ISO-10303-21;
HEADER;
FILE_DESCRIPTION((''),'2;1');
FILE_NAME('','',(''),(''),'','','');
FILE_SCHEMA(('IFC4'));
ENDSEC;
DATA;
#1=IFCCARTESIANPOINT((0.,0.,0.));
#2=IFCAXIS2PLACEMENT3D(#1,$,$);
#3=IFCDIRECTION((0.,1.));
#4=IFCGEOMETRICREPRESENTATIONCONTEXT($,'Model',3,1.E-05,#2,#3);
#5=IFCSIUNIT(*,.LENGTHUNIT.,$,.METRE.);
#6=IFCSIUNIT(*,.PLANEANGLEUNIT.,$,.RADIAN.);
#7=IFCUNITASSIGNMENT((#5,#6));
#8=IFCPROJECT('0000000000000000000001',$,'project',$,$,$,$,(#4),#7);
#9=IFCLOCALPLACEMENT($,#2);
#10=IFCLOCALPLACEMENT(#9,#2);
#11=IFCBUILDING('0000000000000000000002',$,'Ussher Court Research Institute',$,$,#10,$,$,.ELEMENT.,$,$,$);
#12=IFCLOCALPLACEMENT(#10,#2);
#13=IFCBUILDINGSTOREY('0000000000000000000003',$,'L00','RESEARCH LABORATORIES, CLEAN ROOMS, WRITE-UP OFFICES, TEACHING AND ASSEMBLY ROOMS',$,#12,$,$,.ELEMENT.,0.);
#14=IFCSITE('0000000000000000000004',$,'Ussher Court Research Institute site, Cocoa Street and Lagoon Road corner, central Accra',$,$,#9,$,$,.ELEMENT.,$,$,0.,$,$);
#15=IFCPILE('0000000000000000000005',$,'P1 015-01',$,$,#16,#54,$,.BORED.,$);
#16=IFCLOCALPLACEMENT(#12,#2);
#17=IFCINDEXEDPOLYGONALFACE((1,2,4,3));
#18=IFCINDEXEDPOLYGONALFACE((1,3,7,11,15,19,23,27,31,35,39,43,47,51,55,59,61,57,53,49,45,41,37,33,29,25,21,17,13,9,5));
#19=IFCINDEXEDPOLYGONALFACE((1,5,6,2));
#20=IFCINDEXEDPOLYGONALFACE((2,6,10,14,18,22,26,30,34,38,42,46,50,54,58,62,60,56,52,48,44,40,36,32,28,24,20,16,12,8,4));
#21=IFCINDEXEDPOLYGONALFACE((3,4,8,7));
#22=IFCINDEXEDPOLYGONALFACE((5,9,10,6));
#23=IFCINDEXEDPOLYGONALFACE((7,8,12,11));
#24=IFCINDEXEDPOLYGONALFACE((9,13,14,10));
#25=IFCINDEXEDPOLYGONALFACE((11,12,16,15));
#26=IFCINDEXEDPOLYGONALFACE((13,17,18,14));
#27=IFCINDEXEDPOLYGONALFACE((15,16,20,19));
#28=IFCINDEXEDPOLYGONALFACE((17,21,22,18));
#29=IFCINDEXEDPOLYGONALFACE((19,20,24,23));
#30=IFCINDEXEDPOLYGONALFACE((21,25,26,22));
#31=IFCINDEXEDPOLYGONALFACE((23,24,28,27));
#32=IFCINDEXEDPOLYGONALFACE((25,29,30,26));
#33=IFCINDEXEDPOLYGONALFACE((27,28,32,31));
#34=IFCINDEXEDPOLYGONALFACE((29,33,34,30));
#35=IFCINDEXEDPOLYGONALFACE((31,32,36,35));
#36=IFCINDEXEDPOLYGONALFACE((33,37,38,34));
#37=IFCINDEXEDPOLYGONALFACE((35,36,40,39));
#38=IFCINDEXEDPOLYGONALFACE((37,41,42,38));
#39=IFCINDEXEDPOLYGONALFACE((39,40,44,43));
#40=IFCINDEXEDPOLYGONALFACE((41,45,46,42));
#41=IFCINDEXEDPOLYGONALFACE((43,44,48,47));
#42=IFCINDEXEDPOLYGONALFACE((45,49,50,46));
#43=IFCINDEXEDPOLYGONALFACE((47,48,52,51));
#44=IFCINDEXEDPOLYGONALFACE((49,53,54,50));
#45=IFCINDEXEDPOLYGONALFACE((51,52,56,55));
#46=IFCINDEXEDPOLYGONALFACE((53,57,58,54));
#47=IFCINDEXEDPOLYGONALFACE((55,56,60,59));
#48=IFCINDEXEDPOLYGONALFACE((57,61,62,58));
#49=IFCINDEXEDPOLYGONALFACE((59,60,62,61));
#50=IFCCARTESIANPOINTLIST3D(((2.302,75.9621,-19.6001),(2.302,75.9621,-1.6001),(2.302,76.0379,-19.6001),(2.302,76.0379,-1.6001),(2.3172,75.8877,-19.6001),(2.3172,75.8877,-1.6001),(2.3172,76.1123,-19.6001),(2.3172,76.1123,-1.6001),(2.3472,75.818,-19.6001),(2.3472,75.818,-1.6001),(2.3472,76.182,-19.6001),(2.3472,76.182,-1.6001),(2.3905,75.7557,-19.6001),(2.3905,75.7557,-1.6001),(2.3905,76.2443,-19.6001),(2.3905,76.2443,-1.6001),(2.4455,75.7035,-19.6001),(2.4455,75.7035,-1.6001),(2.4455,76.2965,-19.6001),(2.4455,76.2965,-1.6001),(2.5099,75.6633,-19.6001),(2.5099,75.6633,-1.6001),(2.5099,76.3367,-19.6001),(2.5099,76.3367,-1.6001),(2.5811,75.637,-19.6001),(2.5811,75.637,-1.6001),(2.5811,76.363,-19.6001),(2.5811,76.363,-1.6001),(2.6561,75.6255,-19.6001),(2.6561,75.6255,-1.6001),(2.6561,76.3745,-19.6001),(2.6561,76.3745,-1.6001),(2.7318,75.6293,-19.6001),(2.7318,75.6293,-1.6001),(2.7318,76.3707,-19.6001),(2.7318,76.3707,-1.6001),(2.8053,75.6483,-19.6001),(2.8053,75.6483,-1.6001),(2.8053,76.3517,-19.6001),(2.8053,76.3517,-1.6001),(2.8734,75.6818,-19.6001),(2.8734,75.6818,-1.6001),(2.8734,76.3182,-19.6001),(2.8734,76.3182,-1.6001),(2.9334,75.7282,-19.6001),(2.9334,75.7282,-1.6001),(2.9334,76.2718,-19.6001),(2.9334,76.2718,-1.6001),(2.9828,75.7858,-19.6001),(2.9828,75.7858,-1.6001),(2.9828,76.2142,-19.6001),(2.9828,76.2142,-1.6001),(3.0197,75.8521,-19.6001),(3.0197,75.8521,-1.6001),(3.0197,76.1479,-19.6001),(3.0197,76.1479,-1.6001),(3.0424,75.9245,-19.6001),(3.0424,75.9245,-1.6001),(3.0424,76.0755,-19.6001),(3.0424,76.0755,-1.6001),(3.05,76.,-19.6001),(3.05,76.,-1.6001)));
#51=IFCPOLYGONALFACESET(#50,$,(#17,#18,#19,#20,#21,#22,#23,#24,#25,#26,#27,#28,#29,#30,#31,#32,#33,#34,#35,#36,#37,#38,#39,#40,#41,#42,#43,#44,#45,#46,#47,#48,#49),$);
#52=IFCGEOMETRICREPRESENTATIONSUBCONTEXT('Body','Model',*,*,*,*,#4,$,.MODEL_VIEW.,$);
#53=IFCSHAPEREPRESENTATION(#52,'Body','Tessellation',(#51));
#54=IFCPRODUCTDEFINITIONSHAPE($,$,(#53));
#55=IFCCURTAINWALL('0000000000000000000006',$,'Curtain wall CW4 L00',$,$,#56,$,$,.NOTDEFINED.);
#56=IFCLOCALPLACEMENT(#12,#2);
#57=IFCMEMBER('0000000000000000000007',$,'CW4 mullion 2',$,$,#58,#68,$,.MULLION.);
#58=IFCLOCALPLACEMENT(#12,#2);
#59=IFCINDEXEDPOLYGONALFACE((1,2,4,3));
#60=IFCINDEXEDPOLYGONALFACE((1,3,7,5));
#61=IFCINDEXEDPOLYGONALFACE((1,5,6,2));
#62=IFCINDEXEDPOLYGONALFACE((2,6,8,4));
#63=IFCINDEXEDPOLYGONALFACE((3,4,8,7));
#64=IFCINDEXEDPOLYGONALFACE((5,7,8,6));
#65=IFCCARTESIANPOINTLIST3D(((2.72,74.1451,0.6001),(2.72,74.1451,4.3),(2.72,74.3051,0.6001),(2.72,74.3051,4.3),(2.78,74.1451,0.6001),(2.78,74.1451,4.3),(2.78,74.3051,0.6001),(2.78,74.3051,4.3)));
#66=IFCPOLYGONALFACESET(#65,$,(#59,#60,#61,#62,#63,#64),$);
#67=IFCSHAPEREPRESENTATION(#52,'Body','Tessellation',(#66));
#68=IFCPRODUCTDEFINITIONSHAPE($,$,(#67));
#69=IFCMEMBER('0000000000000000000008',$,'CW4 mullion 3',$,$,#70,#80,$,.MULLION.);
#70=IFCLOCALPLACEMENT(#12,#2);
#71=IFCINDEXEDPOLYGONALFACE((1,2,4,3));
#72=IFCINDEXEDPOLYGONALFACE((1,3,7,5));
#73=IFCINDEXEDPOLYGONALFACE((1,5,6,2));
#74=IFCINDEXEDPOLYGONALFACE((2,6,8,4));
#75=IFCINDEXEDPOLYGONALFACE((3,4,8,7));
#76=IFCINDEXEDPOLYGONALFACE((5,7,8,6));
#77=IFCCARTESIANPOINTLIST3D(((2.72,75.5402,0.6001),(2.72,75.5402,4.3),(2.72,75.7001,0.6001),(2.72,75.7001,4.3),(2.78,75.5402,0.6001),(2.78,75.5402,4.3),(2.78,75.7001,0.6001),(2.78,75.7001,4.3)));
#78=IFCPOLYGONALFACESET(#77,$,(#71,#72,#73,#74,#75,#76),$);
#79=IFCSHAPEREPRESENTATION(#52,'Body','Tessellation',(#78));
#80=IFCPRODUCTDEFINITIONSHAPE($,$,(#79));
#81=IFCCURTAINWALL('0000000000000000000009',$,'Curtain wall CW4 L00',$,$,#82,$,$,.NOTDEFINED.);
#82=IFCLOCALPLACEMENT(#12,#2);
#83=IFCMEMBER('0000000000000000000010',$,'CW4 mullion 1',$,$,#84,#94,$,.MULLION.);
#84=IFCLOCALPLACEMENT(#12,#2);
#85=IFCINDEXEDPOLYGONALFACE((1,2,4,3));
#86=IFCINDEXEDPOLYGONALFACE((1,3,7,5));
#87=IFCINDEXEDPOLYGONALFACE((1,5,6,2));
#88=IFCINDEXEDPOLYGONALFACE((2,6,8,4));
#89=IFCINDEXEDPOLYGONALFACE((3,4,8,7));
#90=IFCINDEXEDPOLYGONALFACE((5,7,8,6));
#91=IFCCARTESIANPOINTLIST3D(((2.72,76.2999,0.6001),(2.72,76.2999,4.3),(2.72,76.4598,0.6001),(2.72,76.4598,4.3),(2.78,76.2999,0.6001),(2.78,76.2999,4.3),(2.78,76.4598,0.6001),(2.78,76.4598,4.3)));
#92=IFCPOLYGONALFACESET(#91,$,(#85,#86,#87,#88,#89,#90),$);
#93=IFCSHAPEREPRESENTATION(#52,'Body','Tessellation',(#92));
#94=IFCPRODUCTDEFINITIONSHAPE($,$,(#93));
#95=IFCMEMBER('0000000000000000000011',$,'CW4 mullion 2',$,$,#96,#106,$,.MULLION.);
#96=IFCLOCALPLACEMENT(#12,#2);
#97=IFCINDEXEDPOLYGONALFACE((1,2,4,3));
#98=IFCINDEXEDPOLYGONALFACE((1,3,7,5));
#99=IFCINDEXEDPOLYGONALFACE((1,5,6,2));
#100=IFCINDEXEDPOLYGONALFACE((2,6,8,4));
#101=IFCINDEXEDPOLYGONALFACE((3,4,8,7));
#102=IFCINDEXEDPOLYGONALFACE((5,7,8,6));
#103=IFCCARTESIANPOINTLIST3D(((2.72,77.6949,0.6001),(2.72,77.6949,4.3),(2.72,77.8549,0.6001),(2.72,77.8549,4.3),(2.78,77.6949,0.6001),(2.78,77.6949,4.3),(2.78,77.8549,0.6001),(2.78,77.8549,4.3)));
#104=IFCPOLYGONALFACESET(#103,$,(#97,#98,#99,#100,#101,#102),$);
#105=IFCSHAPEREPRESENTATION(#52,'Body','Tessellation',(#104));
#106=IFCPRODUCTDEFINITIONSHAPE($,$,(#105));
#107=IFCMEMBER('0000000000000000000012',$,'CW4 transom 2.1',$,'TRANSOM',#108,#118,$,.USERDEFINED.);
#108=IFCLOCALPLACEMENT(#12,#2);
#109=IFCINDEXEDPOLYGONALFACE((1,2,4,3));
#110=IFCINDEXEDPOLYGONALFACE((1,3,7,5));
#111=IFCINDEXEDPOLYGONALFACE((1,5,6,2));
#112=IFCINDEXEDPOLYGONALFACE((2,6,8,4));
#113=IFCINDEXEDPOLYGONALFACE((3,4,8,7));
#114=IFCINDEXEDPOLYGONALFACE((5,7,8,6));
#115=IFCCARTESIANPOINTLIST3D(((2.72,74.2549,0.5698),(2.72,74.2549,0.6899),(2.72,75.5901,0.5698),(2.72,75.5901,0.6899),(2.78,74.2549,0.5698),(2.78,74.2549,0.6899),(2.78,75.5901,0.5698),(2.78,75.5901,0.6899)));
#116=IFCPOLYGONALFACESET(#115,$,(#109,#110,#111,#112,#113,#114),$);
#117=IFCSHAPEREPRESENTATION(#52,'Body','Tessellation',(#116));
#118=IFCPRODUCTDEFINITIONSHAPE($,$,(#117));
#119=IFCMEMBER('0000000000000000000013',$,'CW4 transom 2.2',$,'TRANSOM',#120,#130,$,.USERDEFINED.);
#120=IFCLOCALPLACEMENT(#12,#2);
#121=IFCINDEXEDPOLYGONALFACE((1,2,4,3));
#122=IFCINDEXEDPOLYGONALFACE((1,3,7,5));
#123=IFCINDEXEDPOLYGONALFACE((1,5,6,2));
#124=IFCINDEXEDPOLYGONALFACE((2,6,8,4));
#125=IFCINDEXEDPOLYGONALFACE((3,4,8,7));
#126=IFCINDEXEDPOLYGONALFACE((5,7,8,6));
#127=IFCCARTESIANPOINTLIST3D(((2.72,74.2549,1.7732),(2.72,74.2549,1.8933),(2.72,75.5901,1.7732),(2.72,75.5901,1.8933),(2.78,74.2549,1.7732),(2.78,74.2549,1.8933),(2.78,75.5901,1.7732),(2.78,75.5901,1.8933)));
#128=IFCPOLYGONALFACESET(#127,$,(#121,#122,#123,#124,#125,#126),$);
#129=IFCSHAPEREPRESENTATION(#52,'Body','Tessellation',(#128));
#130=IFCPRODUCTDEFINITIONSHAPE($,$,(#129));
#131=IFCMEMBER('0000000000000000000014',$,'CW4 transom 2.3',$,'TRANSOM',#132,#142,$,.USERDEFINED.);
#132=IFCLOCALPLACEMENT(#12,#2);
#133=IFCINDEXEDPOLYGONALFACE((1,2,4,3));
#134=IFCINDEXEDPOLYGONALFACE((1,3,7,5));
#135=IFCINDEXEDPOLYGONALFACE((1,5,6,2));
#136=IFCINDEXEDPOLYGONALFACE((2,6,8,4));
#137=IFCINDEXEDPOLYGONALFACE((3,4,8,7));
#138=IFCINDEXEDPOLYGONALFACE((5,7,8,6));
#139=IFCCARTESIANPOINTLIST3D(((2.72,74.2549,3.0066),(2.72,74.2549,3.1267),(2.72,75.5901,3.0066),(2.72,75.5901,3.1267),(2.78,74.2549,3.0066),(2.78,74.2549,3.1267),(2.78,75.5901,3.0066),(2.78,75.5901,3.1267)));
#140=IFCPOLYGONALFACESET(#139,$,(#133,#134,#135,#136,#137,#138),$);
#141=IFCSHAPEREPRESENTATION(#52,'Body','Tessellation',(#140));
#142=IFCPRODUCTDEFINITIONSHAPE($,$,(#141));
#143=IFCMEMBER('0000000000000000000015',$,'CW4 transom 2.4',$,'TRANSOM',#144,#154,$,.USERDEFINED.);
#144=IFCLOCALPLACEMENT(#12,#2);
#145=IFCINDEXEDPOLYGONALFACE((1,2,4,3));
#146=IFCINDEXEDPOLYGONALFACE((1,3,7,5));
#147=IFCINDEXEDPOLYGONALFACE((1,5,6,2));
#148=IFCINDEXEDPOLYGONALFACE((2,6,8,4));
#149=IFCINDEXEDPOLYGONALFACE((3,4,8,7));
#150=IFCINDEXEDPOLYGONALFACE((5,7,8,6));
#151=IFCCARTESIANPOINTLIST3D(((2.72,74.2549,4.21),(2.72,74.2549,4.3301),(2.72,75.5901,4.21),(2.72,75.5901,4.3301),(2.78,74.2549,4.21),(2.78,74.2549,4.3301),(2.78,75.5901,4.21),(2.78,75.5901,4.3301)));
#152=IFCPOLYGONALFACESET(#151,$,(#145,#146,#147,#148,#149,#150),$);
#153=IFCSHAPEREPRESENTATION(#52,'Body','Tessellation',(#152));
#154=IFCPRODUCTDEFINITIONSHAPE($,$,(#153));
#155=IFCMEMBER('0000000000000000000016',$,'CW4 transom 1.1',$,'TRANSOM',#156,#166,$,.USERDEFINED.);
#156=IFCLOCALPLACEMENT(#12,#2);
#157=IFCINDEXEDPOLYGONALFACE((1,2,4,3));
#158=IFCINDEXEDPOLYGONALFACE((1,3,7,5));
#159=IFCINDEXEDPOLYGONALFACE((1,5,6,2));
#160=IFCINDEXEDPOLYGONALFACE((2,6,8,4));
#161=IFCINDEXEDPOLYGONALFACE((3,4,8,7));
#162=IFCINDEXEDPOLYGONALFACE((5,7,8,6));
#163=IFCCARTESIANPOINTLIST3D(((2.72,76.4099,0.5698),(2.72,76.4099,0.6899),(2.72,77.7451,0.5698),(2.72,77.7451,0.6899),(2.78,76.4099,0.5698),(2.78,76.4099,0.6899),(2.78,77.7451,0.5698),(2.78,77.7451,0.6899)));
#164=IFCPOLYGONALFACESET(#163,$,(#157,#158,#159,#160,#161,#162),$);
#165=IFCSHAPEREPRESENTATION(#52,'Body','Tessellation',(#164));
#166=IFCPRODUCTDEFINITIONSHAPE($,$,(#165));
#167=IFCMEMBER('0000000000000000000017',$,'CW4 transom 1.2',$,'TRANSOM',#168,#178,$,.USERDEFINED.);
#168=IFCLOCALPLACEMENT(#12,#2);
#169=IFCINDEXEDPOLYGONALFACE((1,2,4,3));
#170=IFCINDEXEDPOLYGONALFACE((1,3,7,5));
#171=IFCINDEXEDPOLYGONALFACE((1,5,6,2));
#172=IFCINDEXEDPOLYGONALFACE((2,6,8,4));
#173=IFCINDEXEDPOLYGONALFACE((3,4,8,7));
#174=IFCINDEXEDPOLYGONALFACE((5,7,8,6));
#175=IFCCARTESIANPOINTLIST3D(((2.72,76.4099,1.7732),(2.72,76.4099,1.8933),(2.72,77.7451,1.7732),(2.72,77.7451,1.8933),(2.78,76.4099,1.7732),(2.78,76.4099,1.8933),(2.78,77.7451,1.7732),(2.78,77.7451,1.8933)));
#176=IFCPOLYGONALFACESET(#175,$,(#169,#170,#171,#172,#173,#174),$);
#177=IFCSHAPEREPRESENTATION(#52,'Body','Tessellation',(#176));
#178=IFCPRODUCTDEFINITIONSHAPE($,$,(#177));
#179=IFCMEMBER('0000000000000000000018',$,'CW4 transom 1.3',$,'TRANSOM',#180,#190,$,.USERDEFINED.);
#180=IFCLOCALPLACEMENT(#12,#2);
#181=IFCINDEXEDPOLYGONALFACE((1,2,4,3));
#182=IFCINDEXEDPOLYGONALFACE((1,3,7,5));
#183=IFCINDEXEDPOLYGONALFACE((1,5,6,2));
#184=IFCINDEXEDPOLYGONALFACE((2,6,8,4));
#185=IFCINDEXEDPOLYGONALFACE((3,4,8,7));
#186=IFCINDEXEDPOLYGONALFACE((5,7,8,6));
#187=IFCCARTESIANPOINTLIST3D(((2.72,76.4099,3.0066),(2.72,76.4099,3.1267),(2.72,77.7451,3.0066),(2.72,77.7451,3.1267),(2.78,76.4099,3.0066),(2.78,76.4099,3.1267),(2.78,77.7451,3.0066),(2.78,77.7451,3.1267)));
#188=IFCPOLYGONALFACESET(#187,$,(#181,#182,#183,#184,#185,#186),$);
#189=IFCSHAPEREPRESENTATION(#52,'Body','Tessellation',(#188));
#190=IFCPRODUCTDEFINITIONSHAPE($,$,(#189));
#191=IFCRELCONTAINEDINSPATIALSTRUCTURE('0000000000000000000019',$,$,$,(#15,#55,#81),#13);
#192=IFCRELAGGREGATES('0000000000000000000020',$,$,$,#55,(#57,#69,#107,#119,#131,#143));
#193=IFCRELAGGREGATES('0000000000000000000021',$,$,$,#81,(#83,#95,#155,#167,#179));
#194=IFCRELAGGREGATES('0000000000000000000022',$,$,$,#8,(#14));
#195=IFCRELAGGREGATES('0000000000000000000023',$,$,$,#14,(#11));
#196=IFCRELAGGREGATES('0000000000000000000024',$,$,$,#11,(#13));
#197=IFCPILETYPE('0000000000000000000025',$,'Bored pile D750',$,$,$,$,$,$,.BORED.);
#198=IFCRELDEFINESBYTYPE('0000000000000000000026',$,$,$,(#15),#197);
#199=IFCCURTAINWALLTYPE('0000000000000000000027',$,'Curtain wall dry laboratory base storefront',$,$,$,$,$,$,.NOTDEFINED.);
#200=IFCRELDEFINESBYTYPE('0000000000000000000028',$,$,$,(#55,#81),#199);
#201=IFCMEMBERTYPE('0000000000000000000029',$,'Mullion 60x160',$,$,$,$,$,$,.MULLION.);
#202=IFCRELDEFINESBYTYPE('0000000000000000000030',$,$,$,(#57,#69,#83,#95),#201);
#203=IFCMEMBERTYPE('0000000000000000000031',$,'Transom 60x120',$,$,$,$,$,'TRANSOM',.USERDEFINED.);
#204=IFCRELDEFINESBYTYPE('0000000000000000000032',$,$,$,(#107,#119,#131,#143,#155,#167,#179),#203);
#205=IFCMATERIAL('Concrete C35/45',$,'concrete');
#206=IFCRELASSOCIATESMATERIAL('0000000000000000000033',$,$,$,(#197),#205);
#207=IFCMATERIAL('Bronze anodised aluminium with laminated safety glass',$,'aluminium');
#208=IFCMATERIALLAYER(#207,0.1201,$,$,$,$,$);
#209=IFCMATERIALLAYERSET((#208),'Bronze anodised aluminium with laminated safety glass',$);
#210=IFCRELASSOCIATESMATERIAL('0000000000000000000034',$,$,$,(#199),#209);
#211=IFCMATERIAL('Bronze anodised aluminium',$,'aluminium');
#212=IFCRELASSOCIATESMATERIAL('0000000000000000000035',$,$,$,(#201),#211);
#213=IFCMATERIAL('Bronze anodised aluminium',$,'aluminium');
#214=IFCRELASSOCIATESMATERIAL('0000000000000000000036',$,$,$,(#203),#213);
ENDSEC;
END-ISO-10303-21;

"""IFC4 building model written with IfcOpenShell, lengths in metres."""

from ifc_helpers import new_model, si_unit, direction, frame, origin, origin_2d, place, context, subcontext, project, spatial, rectangle, circle, extrude, material, layer, layer_set, material_profile, profile_set, type_object, element, aggregate, save


model = new_model("IFC4")

# Units and contexts
model_context = context("Model", 3, precision=1e-05, world=origin(), true_north=direction((0.0, 1.0)))
body_context = subcontext(model_context, "Body", "Model", "MODEL_VIEW")
ifc_project = project(units=[si_unit("LENGTHUNIT", "METRE"), si_unit("PLANEANGLEUNIT", "RADIAN")], contexts=[model_context])

# Site, building, storey
site_placement = place(None, origin())
site = spatial("IfcSite", under=ifc_project, at=site_placement, Name="Ussher Court Research Institute site, Cocoa Street and Lagoon Road corner, central Accra", CompositionType="ELEMENT", RefElevation=0.0)
building_placement = place(site_placement, origin())
building = spatial("IfcBuilding", under=site, at=building_placement, Name="Ussher Court Research Institute", CompositionType="ELEMENT")
storey_placement = place(building_placement, origin())
storey = spatial("IfcBuildingStorey", under=building, at=storey_placement, Name="L00", Description="RESEARCH LABORATORIES, CLEAN ROOMS, WRITE-UP OFFICES, TEACHING AND ASSEMBLY ROOMS", CompositionType="ELEMENT", Elevation=0.0)

# Pile
ifc_material_1 = material(Name="Concrete C35/45", Category="concrete")
ifc_material_profile_1 = material_profile(ifc_material_1, circle(Radius=0.375, at=origin_2d()), Name="RC D750")
ifc_profile_set_1 = profile_set([ifc_material_profile_1], Name="Concrete C35/45")
pile_type = type_object("IfcPileType", Name="Bored pile D750", PredefinedType="BORED", material=ifc_profile_set_1)
pile_placement = place(storey_placement, frame((2.675, 76.0, -1.6001), z_axis=(0.0, 0.0, -1.0), x_axis=(1.0, 0.0, 0.0)))
element("IfcPile", 1, at=pile_placement, inside=storey, type_object=pile_type, Name="P1 015-01", PredefinedType="BORED", context=body_context, shape_type="SweptSolid", body=[
    extrude(circle(Radius=0.375, at=origin_2d()), origin(), (0.0, 0.0, 1.0), 18.0),
])

# Curtain walls, members
ifc_material_2 = material(Name="Bronze anodised aluminium with laminated safety glass", Category="aluminium")
ifc_layer_1 = layer(ifc_material_2, 0.1201)
ifc_layer_set_1 = layer_set([ifc_layer_1], Name="Bronze anodised aluminium with laminated safety glass")
curtain_wall_type = type_object("IfcCurtainWallType", Name="Curtain wall dry laboratory base storefront", PredefinedType="NOTDEFINED", material=ifc_layer_set_1)
curtain_wall_1_placement = place(storey_placement, origin())
curtain_wall_1 = element("IfcCurtainWall", 2, at=curtain_wall_1_placement, inside=storey, type_object=curtain_wall_type, Name="Curtain wall CW4 L00", PredefinedType="NOTDEFINED")
ifc_material_3 = material(Name="Bronze anodised aluminium", Category="aluminium")
ifc_material_profile_2 = material_profile(ifc_material_3, rectangle(XDim=0.0601, YDim=0.1599, at=origin_2d()), Name="Mullion 60x160")
ifc_profile_set_2 = profile_set([ifc_material_profile_2], Name="Bronze anodised aluminium")
member_type_1 = type_object("IfcMemberType", Name="Mullion 60x160", PredefinedType="MULLION", material=ifc_profile_set_2)
member_1_placement = place(storey_placement, frame((2.75, 74.2251, 0.6001), z_axis=(0.0, 0.0, 1.0), x_axis=(-1.0, 0.0, 0.0)))
member_1 = element("IfcMember", 3, at=member_1_placement, type_object=member_type_1, Name="CW4 mullion 2", PredefinedType="MULLION", context=body_context, shape_type="SweptSolid", body=[
    extrude(rectangle(XDim=0.0601, YDim=0.1599, at=origin_2d()), origin(), (0.0, 0.0, 1.0), 3.7),
])
member_2_placement = place(storey_placement, frame((2.75, 75.6201, 0.6001), z_axis=(0.0, 0.0, 1.0), x_axis=(-1.0, 0.0, 0.0)))
member_2 = element("IfcMember", 4, at=member_2_placement, type_object=member_type_1, Name="CW4 mullion 3", PredefinedType="MULLION", context=body_context, shape_type="SweptSolid", body=[
    extrude(rectangle(XDim=0.0601, YDim=0.1599, at=origin_2d()), origin(), (0.0, 0.0, 1.0), 3.7),
])
curtain_wall_2_placement = place(storey_placement, origin())
curtain_wall_2 = element("IfcCurtainWall", 5, at=curtain_wall_2_placement, inside=storey, type_object=curtain_wall_type, Name="Curtain wall CW4 L00", PredefinedType="NOTDEFINED")
member_3_placement = place(storey_placement, frame((2.75, 76.3799, 0.6001), z_axis=(0.0, 0.0, 1.0), x_axis=(-1.0, 0.0, 0.0)))
member_3 = element("IfcMember", 6, at=member_3_placement, type_object=member_type_1, Name="CW4 mullion 1", PredefinedType="MULLION", context=body_context, shape_type="SweptSolid", body=[
    extrude(rectangle(XDim=0.0601, YDim=0.1599, at=origin_2d()), origin(), (0.0, 0.0, 1.0), 3.7),
])
member_4_placement = place(storey_placement, frame((2.75, 77.7749, 0.6001), z_axis=(0.0, 0.0, 1.0), x_axis=(-1.0, 0.0, 0.0)))
member_4 = element("IfcMember", 7, at=member_4_placement, type_object=member_type_1, Name="CW4 mullion 2", PredefinedType="MULLION", context=body_context, shape_type="SweptSolid", body=[
    extrude(rectangle(XDim=0.0601, YDim=0.1599, at=origin_2d()), origin(), (0.0, 0.0, 1.0), 3.7),
])

# Members
ifc_material_4 = material(Name="Bronze anodised aluminium", Category="aluminium")
ifc_material_profile_3 = material_profile(ifc_material_4, rectangle(XDim=0.0601, YDim=0.1201, at=origin_2d()), Name="Transom 60x120")
ifc_profile_set_3 = profile_set([ifc_material_profile_3], Name="Bronze anodised aluminium")
member_type_2 = type_object("IfcMemberType", Name="Transom 60x120", ElementType="TRANSOM", PredefinedType="USERDEFINED", material=ifc_profile_set_3)
member_5_placement = place(storey_placement, frame((2.75, 74.2549, 0.6299), z_axis=(0.0, 1.0, 0.0), x_axis=(-1.0, 0.0, 0.0)))
member_5 = element("IfcMember", 8, at=member_5_placement, type_object=member_type_2, Name="CW4 transom 2.1", ObjectType="TRANSOM", PredefinedType="USERDEFINED", context=body_context, shape_type="SweptSolid", body=[
    extrude(rectangle(XDim=0.0601, YDim=0.1201, at=origin_2d()), origin(), (0.0, 0.0, 1.0), 1.3352),
])
member_6_placement = place(storey_placement, frame((2.75, 74.2549, 1.8333), z_axis=(0.0, 1.0, 0.0), x_axis=(-1.0, 0.0, 0.0)))
member_6 = element("IfcMember", 9, at=member_6_placement, type_object=member_type_2, Name="CW4 transom 2.2", ObjectType="TRANSOM", PredefinedType="USERDEFINED", context=body_context, shape_type="SweptSolid", body=[
    extrude(rectangle(XDim=0.0601, YDim=0.1201, at=origin_2d()), origin(), (0.0, 0.0, 1.0), 1.3352),
])
member_7_placement = place(storey_placement, frame((2.75, 74.2549, 3.0667), z_axis=(0.0, 1.0, 0.0), x_axis=(-1.0, 0.0, 0.0)))
member_7 = element("IfcMember", 10, at=member_7_placement, type_object=member_type_2, Name="CW4 transom 2.3", ObjectType="TRANSOM", PredefinedType="USERDEFINED", context=body_context, shape_type="SweptSolid", body=[
    extrude(rectangle(XDim=0.0601, YDim=0.1201, at=origin_2d()), origin(), (0.0, 0.0, 1.0), 1.3352),
])
member_8_placement = place(storey_placement, frame((2.75, 74.2549, 4.27), z_axis=(0.0, 1.0, 0.0), x_axis=(-1.0, 0.0, 0.0)))
member_8 = element("IfcMember", 11, at=member_8_placement, type_object=member_type_2, Name="CW4 transom 2.4", ObjectType="TRANSOM", PredefinedType="USERDEFINED", context=body_context, shape_type="SweptSolid", body=[
    extrude(rectangle(XDim=0.0601, YDim=0.1201, at=origin_2d()), origin(), (0.0, 0.0, 1.0), 1.3352),
])
member_9_placement = place(storey_placement, frame((2.75, 76.4099, 0.6299), z_axis=(0.0, 1.0, 0.0), x_axis=(-1.0, 0.0, 0.0)))
member_9 = element("IfcMember", 12, at=member_9_placement, type_object=member_type_2, Name="CW4 transom 1.1", ObjectType="TRANSOM", PredefinedType="USERDEFINED", context=body_context, shape_type="SweptSolid", body=[
    extrude(rectangle(XDim=0.0601, YDim=0.1201, at=origin_2d()), origin(), (0.0, 0.0, 1.0), 1.3352),
])
member_10_placement = place(storey_placement, frame((2.75, 76.4099, 1.8333), z_axis=(0.0, 1.0, 0.0), x_axis=(-1.0, 0.0, 0.0)))
member_10 = element("IfcMember", 13, at=member_10_placement, type_object=member_type_2, Name="CW4 transom 1.2", ObjectType="TRANSOM", PredefinedType="USERDEFINED", context=body_context, shape_type="SweptSolid", body=[
    extrude(rectangle(XDim=0.0601, YDim=0.1201, at=origin_2d()), origin(), (0.0, 0.0, 1.0), 1.3352),
])
member_11_placement = place(storey_placement, frame((2.75, 76.4099, 3.0667), z_axis=(0.0, 1.0, 0.0), x_axis=(-1.0, 0.0, 0.0)))
member_11 = element("IfcMember", 14, at=member_11_placement, type_object=member_type_2, Name="CW4 transom 1.3", ObjectType="TRANSOM", PredefinedType="USERDEFINED", context=body_context, shape_type="SweptSolid", body=[
    extrude(rectangle(XDim=0.0601, YDim=0.1201, at=origin_2d()), origin(), (0.0, 0.0, 1.0), 1.3352),
])

aggregate(curtain_wall_1, [member_1, member_2, member_5, member_6, member_7, member_8])
aggregate(curtain_wall_2, [member_3, member_4, member_9, member_10, member_11])

save(model, "model.ifc")
